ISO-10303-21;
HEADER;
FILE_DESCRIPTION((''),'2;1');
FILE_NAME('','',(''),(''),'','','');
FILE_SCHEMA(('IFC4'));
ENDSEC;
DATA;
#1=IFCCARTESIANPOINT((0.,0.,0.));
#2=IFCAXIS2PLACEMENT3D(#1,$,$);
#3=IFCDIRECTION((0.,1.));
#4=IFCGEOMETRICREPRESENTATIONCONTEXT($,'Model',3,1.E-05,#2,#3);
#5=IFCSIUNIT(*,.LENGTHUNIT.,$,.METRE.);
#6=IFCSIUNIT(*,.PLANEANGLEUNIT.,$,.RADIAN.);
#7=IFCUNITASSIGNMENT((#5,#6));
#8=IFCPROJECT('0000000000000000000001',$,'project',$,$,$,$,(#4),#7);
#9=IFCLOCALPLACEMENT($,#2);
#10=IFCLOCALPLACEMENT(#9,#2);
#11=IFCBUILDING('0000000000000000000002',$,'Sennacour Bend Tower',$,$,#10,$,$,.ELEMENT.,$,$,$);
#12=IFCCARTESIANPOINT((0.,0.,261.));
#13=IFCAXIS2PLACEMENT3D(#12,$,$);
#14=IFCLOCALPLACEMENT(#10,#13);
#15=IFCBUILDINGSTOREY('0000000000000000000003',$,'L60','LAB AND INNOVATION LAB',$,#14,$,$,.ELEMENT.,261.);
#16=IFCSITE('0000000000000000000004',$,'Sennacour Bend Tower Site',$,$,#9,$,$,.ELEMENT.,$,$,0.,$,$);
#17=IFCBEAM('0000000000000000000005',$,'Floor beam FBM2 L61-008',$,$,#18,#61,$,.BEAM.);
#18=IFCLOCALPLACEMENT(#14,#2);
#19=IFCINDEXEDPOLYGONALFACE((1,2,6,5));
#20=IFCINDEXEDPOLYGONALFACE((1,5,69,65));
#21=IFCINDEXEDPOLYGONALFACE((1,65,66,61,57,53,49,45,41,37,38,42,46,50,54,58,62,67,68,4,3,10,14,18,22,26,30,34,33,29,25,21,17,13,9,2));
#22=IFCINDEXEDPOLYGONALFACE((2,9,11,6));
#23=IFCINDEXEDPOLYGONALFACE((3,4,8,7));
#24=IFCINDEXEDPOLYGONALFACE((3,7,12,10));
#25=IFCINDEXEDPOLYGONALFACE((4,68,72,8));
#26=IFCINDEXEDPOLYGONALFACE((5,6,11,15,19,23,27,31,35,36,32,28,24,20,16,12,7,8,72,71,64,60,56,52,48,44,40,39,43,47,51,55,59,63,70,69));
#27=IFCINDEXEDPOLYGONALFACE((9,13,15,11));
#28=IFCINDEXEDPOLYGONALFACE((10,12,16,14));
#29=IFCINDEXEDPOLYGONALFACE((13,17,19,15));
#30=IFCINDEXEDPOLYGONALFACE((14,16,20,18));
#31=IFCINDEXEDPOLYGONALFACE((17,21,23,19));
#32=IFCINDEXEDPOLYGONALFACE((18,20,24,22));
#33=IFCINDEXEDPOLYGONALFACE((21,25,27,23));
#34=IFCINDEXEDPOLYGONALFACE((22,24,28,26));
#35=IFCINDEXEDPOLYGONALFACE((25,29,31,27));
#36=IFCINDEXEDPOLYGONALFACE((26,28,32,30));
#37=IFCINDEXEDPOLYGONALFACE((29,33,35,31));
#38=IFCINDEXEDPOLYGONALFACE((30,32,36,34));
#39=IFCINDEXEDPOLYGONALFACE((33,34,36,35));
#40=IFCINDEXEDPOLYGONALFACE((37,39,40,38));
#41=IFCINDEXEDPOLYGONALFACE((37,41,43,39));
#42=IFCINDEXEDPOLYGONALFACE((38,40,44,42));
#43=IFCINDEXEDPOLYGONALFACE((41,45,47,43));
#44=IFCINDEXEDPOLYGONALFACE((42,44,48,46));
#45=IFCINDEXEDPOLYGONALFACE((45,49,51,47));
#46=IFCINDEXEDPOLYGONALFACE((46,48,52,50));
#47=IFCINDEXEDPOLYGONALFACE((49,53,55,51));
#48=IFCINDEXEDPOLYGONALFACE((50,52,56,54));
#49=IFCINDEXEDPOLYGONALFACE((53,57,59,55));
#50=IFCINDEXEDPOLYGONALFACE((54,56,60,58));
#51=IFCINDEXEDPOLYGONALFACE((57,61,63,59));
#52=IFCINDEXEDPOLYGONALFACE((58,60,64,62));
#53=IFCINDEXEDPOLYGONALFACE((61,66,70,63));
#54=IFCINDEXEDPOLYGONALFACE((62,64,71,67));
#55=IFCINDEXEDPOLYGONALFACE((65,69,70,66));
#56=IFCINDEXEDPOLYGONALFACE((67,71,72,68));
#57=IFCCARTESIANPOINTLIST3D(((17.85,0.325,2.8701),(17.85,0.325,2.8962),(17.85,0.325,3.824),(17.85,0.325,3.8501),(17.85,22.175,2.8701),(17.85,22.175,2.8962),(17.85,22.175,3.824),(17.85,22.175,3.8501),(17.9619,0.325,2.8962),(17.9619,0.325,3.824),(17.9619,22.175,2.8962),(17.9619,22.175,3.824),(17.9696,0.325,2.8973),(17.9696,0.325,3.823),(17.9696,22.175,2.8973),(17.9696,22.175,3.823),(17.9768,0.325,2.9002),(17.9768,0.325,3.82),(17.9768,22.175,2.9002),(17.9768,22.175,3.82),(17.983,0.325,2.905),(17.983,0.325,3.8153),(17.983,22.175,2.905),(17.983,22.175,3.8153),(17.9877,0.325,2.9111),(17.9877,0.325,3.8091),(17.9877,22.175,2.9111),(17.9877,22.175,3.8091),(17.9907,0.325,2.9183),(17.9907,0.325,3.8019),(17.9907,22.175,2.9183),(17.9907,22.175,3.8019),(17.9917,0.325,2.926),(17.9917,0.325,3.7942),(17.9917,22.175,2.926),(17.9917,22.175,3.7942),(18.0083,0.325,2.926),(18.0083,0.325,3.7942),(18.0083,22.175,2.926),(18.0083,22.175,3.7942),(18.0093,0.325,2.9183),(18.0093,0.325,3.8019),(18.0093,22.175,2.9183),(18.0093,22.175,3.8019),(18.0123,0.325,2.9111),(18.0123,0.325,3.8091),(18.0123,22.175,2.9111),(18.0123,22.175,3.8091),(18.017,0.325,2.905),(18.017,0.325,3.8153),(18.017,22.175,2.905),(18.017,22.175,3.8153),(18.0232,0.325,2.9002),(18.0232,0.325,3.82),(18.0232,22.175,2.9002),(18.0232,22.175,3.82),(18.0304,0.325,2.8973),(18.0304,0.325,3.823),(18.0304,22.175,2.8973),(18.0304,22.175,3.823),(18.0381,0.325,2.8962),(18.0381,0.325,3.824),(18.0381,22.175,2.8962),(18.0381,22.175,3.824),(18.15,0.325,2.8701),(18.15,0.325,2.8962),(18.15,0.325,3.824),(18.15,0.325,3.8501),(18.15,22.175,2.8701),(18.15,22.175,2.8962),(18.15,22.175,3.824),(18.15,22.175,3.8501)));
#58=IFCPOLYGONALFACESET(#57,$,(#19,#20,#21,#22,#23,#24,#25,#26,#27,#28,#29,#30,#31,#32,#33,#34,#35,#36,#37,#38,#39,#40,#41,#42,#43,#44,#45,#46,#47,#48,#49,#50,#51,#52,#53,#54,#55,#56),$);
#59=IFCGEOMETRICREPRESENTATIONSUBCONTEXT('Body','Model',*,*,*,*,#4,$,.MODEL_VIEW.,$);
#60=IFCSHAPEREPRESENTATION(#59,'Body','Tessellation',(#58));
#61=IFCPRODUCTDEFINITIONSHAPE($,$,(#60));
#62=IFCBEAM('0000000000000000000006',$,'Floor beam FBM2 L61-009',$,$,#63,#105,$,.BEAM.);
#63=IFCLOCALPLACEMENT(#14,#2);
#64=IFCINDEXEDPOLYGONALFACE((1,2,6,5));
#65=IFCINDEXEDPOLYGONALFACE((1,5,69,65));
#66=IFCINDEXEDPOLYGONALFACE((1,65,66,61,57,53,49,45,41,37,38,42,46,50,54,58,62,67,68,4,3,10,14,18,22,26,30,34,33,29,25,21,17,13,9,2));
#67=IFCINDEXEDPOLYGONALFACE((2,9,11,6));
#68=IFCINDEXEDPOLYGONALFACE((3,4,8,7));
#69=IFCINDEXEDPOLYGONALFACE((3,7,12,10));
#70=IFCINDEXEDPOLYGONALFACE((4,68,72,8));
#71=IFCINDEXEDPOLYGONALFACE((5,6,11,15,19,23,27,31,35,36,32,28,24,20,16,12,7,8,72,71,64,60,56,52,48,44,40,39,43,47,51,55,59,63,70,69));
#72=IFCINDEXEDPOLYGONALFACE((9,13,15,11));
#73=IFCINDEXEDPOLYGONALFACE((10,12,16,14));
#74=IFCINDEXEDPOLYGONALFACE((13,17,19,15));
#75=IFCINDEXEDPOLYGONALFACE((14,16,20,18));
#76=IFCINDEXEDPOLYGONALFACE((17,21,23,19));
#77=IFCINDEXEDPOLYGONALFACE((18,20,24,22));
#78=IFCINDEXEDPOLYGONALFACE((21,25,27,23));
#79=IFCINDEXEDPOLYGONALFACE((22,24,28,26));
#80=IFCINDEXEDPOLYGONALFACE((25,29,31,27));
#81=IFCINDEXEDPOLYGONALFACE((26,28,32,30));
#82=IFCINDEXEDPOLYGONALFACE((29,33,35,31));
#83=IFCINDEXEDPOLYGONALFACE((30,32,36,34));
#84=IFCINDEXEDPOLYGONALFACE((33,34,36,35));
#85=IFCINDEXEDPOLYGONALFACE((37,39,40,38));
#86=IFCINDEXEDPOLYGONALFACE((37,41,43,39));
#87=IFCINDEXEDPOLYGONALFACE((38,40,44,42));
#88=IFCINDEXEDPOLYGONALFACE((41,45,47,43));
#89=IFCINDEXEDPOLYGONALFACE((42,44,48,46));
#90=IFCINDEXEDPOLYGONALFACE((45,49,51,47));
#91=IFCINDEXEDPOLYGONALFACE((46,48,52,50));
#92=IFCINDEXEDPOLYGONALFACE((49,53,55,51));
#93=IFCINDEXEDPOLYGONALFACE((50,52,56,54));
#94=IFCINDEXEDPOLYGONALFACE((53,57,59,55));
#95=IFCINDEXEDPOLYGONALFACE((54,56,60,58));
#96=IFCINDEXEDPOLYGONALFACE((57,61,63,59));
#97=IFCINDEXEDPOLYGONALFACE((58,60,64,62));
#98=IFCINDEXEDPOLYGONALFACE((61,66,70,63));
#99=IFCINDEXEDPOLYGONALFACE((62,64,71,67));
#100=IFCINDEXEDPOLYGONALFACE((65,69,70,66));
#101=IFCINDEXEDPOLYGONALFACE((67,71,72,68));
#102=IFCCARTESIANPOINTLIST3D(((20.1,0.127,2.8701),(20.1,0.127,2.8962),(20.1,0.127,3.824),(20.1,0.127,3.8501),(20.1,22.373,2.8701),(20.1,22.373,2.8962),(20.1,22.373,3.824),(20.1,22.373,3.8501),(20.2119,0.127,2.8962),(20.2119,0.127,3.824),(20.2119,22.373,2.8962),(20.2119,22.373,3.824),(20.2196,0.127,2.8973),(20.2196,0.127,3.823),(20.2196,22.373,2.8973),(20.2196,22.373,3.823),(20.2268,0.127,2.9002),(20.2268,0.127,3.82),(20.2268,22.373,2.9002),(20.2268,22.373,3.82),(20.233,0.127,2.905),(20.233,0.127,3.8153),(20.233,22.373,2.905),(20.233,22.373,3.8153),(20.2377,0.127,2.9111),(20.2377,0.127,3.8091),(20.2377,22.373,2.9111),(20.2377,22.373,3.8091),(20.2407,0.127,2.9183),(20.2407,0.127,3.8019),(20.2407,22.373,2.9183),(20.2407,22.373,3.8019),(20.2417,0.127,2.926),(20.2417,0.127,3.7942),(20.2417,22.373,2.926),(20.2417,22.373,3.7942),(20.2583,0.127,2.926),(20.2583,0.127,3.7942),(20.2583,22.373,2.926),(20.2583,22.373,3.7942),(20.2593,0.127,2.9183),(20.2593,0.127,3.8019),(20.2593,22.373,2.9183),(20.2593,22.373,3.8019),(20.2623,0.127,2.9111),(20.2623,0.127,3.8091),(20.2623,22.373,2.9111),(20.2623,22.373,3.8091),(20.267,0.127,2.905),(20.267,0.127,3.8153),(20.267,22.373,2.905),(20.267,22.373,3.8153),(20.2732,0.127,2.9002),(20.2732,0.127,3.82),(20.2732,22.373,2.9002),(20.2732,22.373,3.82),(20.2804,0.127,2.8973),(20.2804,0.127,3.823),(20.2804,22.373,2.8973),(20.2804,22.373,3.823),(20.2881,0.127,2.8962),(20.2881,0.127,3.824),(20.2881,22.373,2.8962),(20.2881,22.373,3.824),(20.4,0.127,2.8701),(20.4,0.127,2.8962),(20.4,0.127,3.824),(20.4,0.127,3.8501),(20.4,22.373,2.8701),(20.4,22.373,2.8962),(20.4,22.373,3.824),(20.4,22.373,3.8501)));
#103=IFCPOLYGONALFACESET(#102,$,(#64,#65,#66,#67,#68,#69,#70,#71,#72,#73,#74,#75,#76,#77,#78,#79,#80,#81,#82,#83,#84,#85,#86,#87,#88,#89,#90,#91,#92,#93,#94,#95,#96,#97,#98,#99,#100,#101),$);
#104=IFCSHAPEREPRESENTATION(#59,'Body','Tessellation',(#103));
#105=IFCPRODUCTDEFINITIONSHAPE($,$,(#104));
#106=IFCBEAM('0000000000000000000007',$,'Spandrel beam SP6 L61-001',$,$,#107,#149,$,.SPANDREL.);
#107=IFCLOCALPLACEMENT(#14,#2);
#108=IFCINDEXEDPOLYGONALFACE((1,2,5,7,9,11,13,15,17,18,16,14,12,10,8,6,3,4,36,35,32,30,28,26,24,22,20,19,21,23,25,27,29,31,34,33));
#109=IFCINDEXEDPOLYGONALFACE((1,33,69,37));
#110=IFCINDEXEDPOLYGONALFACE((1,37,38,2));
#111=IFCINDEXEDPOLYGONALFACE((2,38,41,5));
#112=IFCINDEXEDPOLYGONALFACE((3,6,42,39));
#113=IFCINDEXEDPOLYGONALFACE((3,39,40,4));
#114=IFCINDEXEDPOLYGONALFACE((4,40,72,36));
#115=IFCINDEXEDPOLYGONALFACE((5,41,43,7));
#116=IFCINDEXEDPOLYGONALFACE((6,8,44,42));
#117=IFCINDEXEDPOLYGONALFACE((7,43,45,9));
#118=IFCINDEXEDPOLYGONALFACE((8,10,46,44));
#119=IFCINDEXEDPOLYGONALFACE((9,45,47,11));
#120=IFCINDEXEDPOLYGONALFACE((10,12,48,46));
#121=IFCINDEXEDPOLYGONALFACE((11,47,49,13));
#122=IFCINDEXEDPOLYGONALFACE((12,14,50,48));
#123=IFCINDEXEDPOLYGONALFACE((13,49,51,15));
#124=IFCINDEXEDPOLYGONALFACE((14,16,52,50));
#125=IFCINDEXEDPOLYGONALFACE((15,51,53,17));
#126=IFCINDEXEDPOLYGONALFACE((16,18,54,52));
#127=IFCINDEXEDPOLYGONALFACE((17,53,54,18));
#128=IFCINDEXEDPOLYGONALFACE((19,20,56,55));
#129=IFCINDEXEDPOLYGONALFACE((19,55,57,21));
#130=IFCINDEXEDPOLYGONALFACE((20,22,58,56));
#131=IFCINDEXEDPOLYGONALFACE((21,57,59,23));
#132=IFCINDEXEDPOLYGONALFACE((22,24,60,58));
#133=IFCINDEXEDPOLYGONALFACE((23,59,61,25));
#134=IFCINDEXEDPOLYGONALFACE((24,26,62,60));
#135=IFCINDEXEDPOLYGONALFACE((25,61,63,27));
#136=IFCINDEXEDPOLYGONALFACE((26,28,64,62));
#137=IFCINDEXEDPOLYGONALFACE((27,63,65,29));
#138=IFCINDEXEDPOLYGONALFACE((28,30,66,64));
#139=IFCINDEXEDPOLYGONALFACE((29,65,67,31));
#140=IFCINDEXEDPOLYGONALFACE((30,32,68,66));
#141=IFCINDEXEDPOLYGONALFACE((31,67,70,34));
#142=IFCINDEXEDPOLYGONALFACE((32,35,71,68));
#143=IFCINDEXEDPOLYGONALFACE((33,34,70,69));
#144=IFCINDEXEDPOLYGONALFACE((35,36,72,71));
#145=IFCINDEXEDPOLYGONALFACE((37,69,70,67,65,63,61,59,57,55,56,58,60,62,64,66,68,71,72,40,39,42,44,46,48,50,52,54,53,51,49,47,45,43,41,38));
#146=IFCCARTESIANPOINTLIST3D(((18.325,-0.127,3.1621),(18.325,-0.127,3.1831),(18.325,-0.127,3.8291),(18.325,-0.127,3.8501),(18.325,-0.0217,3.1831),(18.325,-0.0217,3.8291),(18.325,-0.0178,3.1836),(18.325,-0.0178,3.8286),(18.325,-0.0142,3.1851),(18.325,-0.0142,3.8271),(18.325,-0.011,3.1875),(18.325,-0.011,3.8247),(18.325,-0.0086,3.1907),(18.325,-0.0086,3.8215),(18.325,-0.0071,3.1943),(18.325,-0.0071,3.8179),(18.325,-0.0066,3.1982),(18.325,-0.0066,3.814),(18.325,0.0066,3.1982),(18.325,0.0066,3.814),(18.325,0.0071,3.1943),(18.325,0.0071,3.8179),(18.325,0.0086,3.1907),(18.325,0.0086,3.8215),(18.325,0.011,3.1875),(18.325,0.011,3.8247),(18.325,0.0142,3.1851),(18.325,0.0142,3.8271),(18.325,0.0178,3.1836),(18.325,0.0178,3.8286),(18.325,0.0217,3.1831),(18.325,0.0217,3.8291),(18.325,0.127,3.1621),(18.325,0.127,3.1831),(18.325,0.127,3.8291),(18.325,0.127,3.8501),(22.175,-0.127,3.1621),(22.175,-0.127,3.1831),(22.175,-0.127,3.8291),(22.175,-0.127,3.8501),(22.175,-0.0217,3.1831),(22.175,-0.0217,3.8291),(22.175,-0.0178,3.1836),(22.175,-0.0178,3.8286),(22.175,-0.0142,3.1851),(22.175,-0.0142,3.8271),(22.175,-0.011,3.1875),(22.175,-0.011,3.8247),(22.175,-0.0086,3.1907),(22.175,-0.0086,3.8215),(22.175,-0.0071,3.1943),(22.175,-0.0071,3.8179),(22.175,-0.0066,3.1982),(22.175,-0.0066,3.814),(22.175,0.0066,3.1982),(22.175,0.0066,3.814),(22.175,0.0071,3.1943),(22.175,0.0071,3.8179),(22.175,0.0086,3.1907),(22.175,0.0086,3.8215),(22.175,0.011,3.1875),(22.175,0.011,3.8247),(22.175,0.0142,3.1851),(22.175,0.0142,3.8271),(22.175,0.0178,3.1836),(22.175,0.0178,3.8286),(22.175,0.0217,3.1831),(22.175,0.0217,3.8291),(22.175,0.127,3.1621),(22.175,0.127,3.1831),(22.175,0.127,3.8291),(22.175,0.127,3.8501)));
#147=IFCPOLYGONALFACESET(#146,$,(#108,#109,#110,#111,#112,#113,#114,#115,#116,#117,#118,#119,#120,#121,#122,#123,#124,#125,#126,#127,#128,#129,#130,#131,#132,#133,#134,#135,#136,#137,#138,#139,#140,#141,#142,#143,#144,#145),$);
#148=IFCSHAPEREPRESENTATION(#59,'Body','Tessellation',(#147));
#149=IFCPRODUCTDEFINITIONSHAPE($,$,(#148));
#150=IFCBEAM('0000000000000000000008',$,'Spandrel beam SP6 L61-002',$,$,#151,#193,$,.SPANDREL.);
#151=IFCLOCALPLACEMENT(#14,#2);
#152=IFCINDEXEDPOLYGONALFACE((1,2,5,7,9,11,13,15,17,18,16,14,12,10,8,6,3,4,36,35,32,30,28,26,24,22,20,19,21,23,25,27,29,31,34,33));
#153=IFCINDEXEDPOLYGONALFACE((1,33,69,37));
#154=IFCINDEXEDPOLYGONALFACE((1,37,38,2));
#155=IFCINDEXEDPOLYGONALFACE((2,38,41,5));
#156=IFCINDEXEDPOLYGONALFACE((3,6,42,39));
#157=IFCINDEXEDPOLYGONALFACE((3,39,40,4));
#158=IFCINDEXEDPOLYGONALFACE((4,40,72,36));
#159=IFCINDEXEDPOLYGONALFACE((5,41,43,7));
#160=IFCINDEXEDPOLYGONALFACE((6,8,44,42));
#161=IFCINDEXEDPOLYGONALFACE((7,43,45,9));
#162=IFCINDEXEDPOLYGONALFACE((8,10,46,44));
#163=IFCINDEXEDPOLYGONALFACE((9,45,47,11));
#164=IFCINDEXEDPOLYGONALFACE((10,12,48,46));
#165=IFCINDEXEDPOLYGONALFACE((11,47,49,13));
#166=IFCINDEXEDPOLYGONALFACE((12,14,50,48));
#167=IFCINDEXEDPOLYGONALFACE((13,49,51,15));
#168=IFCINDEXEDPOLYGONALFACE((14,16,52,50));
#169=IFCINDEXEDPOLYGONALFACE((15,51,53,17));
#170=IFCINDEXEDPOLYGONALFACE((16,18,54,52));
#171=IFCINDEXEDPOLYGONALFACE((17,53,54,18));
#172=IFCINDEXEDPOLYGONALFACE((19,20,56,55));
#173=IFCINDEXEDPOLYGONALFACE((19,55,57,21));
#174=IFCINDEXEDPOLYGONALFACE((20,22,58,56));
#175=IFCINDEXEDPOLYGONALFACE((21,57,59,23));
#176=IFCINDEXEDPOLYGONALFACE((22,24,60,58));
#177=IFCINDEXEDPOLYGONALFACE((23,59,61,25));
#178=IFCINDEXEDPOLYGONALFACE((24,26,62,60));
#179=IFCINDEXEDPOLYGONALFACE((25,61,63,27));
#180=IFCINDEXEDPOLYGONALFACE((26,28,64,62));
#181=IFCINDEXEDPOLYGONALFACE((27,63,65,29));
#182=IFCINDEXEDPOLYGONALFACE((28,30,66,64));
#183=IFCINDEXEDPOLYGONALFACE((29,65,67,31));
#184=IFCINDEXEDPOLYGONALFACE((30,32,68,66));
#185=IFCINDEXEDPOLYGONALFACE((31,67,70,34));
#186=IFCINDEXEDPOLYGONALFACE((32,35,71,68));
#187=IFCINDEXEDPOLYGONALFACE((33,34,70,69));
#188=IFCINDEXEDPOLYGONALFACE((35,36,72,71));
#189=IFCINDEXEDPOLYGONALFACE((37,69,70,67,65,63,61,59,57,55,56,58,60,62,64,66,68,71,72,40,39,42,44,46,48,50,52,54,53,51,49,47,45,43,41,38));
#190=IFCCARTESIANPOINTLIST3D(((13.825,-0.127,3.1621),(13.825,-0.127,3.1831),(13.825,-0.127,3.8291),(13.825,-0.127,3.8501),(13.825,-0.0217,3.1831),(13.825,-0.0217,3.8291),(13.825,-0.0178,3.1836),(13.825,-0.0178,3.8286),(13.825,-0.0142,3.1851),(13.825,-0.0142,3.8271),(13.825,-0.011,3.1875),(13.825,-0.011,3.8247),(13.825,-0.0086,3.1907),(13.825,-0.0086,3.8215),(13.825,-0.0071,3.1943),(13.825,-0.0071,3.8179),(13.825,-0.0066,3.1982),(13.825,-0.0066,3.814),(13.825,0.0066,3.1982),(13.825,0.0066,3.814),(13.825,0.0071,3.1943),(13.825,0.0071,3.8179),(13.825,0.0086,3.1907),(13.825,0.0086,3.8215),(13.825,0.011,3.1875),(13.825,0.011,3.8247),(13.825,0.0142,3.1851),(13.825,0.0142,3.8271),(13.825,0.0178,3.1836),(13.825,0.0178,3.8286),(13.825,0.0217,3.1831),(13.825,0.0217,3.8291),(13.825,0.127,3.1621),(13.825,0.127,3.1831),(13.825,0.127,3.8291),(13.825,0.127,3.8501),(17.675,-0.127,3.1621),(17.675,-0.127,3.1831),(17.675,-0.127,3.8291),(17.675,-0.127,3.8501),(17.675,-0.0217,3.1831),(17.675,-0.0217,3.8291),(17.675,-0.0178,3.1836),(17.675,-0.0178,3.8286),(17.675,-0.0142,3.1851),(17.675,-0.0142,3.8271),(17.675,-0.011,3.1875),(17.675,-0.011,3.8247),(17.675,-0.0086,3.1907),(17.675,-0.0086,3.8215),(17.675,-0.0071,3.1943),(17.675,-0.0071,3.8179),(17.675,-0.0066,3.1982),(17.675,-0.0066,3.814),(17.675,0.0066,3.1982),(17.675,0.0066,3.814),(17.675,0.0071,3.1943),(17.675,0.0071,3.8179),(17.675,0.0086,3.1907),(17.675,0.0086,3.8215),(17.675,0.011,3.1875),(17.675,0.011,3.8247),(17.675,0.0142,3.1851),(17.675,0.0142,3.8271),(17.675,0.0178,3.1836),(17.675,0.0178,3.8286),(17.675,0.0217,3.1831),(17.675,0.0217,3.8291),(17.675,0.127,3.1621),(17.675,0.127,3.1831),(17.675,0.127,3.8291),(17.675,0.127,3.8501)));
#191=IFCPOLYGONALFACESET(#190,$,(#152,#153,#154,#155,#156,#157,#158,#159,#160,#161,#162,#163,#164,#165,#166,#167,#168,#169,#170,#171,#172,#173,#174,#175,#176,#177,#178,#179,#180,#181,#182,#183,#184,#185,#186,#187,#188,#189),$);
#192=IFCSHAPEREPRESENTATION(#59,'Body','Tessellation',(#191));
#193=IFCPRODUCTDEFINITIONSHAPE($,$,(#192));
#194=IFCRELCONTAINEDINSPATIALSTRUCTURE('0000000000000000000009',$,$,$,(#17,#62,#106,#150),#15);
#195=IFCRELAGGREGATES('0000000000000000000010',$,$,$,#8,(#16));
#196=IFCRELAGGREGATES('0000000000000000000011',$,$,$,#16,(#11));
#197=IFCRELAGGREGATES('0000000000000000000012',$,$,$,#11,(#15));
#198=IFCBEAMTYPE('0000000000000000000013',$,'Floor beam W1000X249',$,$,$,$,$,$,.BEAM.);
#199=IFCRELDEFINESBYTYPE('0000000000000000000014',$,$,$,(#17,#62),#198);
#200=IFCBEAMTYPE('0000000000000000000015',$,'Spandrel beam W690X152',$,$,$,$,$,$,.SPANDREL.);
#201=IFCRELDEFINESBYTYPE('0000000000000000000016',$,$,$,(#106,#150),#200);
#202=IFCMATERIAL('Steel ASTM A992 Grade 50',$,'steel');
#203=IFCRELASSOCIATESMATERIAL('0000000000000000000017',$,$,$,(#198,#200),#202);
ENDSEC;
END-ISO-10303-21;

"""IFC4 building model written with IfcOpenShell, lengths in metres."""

from ifc_helpers import new_model, si_unit, direction, frame, origin, origin_2d, place, context, subcontext, project, spatial, i_section, extrude, material, material_profile, profile_set, type_object, element, save


model = new_model("IFC4")

# Units and contexts
model_context = context("Model", 3, precision=1e-05, world=origin(), true_north=direction((0.0, 1.0)))
body_context = subcontext(model_context, "Body", "Model", "MODEL_VIEW")
ifc_project = project(units=[si_unit("LENGTHUNIT", "METRE"), si_unit("PLANEANGLEUNIT", "RADIAN")], contexts=[model_context])

# Site, building, storey
site_placement = place(None, origin())
site = spatial("IfcSite", under=ifc_project, at=site_placement, Name="Sennacour Bend Tower Site", CompositionType="ELEMENT", RefElevation=0.0)
building_placement = place(site_placement, origin())
building = spatial("IfcBuilding", under=site, at=building_placement, Name="Sennacour Bend Tower", CompositionType="ELEMENT")
storey_placement = place(building_placement, frame((0.0, 0.0, 261.0)))
storey = spatial("IfcBuildingStorey", under=building, at=storey_placement, Name="L60", Description="LAB AND INNOVATION LAB", CompositionType="ELEMENT", Elevation=261.0)

# Beams
ifc_material_1 = material(Name="Steel ASTM A992 Grade 50", Category="steel")
ifc_material_profile_1 = material_profile(ifc_material_1, i_section(OverallWidth=0.3, OverallDepth=0.98, WebThickness=0.0166, FlangeThickness=0.0261, FilletRadius=0.0298, at=origin_2d()), Name="Steel ASTM A992 Grade 50", Category="steel")
ifc_profile_set_1 = profile_set([ifc_material_profile_1], Name="Steel ASTM A992 Grade 50")
beam_type_1 = type_object("IfcBeamType", Name="Floor beam W1000X249", PredefinedType="BEAM", material=ifc_profile_set_1)
beam_1_placement = place(storey_placement, frame((18.0, 0.325, 3.3601), z_axis=(0.0, 1.0, 0.0), x_axis=(-1.0, 0.0, 0.0)))
element("IfcBeam", 1, at=beam_1_placement, inside=storey, type_object=beam_type_1, Name="Floor beam FBM2 L61-008", PredefinedType="BEAM", context=body_context, shape_type="SweptSolid", body=[
    extrude(i_section(OverallWidth=0.3, OverallDepth=0.98, WebThickness=0.0166, FlangeThickness=0.0261, FilletRadius=0.0298, at=origin_2d()), origin(), (0.0, 0.0, 1.0), 21.8501),
])
beam_2_placement = place(storey_placement, frame((20.25, 0.127, 3.3601), z_axis=(0.0, 1.0, 0.0), x_axis=(-1.0, 0.0, 0.0)))
element("IfcBeam", 2, at=beam_2_placement, inside=storey, type_object=beam_type_1, Name="Floor beam FBM2 L61-009", PredefinedType="BEAM", context=body_context, shape_type="SweptSolid", body=[
    extrude(i_section(OverallWidth=0.3, OverallDepth=0.98, WebThickness=0.0166, FlangeThickness=0.0261, FilletRadius=0.0298, at=origin_2d()), origin(), (0.0, 0.0, 1.0), 22.2461),
])
ifc_material_profile_2 = material_profile(ifc_material_1, i_section(OverallWidth=0.2539, OverallDepth=0.688, WebThickness=0.0132, FlangeThickness=0.021, FilletRadius=0.0151, at=origin_2d()), Name="Steel ASTM A992 Grade 50", Category="steel")
ifc_profile_set_2 = profile_set([ifc_material_profile_2], Name="Steel ASTM A992 Grade 50")
beam_type_2 = type_object("IfcBeamType", Name="Spandrel beam W690X152", PredefinedType="SPANDREL", material=ifc_profile_set_2)
for number, where, z_axis, x_axis, name in (
    (3, (22.175, 0.0, 3.5061), (-1.0, 0.0, 0.0), (0.0, -1.0, 0.0), "Spandrel beam SP6 L61-001"),
    (4, (17.675, 0.0, 3.5061), (-1.0, 0.0, 0.0), (0.0, -1.0, 0.0), "Spandrel beam SP6 L61-002"),
):
    element("IfcBeam", number, at=place(storey_placement, frame(where, z_axis=z_axis, x_axis=x_axis)), inside=storey, type_object=beam_type_2, Name=name, PredefinedType="SPANDREL", context=body_context, shape_type="SweptSolid", body=[
        extrude(i_section(OverallWidth=0.2539, OverallDepth=0.688, WebThickness=0.0132, FlangeThickness=0.021, FilletRadius=0.0151, at=origin_2d()), origin(), (0.0, 0.0, 1.0), 3.8501),
    ])

save(model, "model.ifc")
